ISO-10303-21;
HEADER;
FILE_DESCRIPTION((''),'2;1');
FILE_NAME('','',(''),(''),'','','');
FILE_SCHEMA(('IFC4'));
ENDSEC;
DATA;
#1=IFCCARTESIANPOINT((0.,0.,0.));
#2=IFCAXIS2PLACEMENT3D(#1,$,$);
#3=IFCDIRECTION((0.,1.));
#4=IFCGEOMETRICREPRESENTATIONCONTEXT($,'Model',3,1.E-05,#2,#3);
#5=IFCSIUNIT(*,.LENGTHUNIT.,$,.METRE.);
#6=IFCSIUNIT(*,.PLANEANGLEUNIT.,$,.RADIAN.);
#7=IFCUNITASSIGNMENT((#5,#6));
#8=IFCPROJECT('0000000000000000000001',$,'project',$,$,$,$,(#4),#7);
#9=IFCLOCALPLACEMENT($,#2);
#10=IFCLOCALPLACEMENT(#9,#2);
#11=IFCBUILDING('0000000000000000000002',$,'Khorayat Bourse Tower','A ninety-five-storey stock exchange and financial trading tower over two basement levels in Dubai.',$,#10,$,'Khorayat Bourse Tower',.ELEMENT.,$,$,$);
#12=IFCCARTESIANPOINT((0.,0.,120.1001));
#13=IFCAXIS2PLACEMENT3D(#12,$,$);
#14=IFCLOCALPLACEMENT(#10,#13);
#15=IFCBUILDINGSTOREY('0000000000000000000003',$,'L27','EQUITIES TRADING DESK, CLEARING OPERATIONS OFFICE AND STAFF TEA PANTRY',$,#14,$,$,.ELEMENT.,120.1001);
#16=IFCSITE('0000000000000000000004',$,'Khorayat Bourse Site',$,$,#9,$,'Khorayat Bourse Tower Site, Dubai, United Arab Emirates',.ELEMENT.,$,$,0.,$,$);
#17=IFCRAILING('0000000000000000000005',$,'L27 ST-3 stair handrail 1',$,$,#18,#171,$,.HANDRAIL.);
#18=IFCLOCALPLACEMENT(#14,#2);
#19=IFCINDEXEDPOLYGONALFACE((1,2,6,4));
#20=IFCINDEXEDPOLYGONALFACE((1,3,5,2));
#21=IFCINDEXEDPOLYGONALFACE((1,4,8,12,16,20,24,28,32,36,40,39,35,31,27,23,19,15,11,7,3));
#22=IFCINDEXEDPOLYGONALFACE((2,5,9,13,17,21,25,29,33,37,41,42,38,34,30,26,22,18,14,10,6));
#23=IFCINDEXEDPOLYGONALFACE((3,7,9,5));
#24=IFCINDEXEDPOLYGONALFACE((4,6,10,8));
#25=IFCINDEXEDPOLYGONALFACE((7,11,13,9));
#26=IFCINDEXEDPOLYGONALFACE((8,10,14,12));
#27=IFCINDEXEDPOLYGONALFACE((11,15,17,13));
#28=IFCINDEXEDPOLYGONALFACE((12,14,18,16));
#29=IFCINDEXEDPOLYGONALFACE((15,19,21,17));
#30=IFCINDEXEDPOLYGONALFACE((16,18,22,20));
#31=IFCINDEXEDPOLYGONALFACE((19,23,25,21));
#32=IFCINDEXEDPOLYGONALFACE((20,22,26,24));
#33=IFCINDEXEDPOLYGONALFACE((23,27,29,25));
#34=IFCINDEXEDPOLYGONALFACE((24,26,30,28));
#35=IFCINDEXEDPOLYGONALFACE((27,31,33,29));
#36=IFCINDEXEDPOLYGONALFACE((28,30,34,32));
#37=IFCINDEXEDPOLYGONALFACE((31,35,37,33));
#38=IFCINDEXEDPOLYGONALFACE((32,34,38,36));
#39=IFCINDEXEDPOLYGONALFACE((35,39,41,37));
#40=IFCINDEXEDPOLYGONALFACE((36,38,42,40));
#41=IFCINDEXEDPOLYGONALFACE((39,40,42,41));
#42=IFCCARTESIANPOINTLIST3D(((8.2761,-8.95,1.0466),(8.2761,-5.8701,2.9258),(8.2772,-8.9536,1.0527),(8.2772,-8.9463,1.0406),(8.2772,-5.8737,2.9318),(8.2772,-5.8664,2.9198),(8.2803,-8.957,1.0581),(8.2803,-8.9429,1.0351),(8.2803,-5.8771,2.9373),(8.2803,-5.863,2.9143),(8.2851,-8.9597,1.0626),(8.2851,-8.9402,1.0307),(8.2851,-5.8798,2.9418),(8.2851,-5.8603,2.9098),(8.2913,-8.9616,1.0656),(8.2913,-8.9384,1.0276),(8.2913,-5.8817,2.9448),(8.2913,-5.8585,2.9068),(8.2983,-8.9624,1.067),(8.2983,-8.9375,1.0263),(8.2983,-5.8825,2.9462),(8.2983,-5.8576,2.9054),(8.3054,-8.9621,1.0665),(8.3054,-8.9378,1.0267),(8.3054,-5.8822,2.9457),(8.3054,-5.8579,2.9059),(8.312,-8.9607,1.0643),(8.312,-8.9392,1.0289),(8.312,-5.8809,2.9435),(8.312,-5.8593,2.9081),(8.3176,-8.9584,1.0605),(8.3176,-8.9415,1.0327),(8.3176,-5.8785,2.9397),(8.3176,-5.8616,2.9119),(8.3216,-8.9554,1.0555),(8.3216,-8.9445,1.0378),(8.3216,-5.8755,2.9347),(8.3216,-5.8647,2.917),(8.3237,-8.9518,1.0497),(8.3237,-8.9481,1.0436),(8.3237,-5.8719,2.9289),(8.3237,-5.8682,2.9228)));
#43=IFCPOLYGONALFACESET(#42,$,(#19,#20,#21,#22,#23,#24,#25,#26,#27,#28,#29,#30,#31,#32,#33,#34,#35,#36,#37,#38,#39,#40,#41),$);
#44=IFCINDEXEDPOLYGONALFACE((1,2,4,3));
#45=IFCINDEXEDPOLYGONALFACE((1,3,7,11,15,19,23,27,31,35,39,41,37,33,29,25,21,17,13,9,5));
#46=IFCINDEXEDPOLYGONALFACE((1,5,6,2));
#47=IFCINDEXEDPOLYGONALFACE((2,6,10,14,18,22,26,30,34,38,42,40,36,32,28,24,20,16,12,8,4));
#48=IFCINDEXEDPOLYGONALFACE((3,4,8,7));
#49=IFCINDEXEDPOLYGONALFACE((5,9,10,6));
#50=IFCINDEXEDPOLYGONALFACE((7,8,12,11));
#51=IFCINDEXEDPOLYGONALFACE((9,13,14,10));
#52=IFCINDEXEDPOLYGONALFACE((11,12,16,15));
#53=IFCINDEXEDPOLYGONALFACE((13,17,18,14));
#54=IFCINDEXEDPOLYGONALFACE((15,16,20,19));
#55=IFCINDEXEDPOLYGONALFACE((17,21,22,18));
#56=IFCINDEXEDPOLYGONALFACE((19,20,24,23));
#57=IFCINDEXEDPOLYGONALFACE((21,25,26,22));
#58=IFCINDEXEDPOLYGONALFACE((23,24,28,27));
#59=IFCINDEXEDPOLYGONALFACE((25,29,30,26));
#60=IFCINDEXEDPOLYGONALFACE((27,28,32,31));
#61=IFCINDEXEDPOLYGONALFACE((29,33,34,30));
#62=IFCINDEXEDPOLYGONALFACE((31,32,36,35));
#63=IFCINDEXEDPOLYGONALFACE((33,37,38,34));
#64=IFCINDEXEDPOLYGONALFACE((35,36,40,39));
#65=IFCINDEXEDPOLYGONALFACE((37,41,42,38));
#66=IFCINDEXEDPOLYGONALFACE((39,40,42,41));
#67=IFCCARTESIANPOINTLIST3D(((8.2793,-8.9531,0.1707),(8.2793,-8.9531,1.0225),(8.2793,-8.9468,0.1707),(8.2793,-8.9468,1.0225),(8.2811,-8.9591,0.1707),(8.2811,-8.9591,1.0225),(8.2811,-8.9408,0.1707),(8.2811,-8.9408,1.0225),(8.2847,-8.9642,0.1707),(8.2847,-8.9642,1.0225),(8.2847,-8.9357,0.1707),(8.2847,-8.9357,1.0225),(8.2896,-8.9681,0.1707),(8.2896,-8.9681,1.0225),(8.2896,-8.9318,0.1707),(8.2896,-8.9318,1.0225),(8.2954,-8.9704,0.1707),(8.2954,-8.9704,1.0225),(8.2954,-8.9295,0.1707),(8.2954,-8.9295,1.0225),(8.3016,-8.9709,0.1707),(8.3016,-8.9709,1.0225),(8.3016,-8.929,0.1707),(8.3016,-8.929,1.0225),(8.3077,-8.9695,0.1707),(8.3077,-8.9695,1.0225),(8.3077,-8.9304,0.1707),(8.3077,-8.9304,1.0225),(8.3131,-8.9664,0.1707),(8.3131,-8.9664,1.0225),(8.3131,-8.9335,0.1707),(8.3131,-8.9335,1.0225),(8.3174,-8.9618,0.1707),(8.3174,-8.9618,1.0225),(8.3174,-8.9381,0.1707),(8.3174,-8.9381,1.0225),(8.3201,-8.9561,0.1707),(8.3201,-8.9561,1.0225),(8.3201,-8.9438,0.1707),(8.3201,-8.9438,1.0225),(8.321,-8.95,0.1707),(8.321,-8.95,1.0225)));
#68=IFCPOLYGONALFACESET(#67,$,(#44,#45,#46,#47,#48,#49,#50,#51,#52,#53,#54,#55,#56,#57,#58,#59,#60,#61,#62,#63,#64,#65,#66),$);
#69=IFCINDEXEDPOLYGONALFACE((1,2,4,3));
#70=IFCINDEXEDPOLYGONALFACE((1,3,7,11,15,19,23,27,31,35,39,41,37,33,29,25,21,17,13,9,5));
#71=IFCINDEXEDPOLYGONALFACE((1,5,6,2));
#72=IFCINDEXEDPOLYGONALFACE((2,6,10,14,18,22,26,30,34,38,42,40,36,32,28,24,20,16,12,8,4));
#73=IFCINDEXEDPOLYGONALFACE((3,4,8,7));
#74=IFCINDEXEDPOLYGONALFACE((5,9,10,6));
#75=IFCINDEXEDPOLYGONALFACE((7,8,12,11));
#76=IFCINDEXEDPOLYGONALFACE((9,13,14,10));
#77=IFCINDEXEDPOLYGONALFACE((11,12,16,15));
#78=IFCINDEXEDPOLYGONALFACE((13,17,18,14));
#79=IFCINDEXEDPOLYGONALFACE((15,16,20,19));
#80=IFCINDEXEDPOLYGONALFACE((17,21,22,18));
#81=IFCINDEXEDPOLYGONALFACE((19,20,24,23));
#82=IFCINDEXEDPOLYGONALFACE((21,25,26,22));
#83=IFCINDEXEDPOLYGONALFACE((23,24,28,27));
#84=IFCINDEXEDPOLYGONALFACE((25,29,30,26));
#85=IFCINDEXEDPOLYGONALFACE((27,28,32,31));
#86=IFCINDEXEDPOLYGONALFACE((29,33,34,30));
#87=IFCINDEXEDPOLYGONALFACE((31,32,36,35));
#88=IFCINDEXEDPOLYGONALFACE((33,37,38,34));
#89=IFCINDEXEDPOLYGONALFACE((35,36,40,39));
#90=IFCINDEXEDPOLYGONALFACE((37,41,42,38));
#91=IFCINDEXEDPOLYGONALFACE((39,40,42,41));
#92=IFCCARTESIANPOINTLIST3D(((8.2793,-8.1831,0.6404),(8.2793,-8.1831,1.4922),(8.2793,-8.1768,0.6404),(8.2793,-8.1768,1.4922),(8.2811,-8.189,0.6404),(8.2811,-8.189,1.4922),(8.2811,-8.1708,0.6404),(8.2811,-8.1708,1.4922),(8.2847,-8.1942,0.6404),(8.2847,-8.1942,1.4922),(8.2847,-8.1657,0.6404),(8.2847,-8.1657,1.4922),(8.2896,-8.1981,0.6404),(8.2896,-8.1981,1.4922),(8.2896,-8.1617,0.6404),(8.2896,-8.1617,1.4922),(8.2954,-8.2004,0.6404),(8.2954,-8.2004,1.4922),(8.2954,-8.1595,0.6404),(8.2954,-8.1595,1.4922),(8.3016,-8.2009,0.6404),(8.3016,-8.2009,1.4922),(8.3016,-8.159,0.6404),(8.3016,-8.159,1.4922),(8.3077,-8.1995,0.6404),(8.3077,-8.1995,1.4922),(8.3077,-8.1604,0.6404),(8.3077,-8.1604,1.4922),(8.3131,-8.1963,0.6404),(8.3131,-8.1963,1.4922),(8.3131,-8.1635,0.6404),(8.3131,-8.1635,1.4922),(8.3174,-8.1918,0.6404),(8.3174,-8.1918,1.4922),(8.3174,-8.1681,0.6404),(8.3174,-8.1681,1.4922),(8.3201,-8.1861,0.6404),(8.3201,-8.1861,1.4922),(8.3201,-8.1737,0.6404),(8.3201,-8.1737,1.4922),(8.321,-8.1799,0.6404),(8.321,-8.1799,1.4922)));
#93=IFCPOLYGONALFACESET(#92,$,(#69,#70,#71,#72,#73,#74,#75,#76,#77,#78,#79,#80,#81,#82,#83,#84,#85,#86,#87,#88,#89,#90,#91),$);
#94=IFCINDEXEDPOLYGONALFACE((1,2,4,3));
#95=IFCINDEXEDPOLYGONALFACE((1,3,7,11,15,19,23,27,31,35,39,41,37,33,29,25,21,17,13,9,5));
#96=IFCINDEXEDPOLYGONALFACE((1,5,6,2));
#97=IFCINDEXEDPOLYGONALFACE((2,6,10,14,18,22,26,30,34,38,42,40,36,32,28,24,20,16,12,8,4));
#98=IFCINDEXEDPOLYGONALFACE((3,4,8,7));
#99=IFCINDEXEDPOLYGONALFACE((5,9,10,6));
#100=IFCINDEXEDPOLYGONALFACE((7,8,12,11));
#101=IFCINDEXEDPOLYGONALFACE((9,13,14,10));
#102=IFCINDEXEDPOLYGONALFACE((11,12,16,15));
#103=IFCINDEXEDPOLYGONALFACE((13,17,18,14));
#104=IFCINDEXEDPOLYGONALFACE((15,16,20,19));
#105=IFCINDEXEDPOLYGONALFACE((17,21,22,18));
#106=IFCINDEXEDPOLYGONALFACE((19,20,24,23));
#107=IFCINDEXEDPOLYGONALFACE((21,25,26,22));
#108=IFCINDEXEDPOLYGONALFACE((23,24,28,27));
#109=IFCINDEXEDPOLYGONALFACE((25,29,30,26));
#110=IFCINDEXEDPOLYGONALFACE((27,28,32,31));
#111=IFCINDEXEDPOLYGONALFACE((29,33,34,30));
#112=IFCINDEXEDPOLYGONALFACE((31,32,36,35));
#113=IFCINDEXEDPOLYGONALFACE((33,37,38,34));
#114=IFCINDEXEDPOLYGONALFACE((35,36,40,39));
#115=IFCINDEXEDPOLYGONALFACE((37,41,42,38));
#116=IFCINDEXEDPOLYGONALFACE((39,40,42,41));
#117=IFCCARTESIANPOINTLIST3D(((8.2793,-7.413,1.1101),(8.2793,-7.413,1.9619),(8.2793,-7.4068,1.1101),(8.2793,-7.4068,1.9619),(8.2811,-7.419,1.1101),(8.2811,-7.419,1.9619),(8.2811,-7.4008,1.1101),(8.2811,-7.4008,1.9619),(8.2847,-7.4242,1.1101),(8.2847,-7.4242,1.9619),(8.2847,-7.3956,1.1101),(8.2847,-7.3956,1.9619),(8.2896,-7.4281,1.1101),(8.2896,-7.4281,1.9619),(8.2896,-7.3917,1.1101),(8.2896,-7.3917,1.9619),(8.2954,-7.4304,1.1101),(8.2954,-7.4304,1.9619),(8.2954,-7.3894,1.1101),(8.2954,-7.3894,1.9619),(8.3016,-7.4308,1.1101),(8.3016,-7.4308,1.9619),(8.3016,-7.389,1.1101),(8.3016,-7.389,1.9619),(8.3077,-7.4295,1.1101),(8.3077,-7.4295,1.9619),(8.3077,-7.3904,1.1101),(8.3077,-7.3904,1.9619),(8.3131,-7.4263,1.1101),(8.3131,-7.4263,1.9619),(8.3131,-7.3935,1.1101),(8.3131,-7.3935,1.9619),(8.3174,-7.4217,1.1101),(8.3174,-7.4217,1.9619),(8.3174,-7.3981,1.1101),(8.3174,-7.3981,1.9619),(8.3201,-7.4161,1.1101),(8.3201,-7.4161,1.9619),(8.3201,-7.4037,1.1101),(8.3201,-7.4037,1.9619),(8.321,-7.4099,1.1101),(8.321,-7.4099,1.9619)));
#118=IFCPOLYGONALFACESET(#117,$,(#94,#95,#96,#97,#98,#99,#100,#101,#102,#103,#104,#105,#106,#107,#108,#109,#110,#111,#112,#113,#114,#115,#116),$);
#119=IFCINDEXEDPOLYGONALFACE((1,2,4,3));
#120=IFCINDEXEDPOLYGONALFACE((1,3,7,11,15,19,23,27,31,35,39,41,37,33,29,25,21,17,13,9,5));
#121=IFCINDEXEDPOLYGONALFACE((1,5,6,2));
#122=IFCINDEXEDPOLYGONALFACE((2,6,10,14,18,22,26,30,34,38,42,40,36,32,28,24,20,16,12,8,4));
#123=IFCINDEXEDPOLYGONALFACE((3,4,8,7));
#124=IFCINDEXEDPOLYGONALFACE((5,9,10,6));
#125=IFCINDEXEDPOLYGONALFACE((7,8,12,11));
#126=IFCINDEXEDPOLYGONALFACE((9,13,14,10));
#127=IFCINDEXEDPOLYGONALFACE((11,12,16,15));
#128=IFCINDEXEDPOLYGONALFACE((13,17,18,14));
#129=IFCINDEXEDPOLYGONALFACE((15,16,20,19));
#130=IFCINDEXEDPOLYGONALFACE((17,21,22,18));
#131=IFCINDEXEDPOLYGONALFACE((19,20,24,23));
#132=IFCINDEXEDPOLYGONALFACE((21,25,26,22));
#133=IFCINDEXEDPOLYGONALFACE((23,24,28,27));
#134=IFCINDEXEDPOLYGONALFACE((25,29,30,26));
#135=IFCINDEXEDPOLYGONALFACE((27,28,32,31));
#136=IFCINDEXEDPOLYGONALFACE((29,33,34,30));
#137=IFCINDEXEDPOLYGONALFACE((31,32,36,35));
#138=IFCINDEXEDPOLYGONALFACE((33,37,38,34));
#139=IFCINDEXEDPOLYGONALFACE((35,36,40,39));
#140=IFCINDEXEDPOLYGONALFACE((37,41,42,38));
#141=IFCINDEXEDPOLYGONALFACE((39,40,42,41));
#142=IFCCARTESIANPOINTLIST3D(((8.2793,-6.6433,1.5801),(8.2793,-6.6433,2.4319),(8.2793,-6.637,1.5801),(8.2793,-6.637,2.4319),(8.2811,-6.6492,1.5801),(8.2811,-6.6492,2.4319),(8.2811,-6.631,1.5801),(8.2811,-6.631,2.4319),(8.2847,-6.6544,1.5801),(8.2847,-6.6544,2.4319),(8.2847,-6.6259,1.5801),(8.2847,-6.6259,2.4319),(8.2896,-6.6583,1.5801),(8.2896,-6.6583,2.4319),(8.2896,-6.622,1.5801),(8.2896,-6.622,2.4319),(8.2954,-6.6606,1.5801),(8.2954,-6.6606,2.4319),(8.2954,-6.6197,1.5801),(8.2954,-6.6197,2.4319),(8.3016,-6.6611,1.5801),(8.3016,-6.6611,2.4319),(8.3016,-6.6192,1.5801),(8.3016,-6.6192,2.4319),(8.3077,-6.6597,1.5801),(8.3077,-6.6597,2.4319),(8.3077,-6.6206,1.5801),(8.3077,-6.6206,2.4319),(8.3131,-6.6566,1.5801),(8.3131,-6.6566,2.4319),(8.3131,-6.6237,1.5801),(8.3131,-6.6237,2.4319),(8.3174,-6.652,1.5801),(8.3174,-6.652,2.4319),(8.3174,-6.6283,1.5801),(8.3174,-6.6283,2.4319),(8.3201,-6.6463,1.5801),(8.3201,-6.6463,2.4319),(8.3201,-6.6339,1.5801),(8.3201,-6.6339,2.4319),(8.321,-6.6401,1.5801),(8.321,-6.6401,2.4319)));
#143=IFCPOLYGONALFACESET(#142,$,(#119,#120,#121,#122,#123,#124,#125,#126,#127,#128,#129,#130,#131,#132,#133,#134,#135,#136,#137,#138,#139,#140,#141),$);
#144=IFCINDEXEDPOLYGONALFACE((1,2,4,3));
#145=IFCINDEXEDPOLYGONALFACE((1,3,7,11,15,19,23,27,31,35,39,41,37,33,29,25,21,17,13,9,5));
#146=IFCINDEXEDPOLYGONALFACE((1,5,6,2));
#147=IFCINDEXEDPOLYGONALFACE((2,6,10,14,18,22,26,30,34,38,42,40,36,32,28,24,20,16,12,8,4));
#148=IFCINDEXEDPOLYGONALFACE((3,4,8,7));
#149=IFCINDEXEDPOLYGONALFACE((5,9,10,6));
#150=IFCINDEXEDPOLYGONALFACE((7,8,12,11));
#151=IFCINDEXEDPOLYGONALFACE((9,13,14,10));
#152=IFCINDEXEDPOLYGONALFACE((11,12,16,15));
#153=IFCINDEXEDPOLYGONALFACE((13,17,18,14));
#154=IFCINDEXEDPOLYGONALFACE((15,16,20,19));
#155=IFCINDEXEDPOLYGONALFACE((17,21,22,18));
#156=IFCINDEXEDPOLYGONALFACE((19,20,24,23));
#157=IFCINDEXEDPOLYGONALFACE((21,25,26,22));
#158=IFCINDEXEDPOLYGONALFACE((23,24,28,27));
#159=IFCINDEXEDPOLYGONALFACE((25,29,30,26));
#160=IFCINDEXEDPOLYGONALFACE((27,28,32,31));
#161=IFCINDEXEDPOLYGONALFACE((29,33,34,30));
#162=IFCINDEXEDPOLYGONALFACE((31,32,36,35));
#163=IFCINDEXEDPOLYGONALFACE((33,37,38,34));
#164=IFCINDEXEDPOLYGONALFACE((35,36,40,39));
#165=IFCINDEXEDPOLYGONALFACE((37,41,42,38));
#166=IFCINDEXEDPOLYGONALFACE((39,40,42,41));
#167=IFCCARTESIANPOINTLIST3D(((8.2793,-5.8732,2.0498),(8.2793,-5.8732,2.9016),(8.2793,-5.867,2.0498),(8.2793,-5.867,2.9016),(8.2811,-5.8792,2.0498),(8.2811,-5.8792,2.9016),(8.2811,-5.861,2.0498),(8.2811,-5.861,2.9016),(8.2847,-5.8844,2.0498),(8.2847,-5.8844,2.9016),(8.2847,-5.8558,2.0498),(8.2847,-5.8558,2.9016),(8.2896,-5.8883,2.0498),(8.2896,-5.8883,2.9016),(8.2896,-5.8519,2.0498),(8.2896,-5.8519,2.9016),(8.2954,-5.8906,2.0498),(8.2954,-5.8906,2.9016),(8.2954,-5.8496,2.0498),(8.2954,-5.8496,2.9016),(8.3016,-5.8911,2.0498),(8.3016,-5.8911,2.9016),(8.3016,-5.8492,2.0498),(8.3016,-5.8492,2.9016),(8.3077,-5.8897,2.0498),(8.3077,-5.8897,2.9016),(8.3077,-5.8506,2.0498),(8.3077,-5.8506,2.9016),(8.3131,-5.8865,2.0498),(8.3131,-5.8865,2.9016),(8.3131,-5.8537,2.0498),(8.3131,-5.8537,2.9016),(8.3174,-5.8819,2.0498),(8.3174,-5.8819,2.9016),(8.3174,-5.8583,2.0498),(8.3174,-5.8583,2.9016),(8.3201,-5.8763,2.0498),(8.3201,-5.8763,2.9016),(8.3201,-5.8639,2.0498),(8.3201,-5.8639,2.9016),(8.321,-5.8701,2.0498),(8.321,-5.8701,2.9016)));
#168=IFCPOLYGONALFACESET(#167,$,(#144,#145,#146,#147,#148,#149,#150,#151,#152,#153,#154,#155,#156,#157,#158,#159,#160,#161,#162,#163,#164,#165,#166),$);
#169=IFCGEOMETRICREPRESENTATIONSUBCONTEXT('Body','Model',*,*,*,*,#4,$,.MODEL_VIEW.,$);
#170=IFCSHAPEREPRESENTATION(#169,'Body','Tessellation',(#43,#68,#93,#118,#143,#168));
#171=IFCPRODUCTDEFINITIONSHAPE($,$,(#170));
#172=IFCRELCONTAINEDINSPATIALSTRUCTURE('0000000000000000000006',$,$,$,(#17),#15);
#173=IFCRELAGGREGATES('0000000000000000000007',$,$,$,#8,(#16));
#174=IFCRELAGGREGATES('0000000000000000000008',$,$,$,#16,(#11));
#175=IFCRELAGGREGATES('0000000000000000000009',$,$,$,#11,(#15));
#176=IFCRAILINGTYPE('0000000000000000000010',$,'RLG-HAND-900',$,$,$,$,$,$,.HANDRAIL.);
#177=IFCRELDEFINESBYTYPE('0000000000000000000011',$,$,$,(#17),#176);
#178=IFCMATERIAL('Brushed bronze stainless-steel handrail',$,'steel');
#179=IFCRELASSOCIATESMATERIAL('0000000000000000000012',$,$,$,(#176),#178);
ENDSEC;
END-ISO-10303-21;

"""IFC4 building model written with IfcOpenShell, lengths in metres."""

from ifc_helpers import new_model, si_unit, direction, frame, origin, origin_2d, place, context, subcontext, project, spatial, circle, extrude, source, transform, mapped, material, type_object, element, save


model = new_model("IFC4")

# Units and contexts
model_context = context("Model", 3, precision=1e-05, world=origin(), true_north=direction((0.0, 1.0)))
body_context = subcontext(model_context, "Body", "Model", "MODEL_VIEW")
ifc_project = project(units=[si_unit("LENGTHUNIT", "METRE"), si_unit("PLANEANGLEUNIT", "RADIAN")], contexts=[model_context])

# Site, building, storey
site_placement = place(None, origin())
site = spatial("IfcSite", under=ifc_project, at=site_placement, Name="Khorayat Bourse Site", LongName="Khorayat Bourse Tower Site, Dubai, United Arab Emirates", CompositionType="ELEMENT", RefElevation=0.0)
building_placement = place(site_placement, origin())
building = spatial("IfcBuilding", under=site, at=building_placement, Name="Khorayat Bourse Tower", Description="A ninety-five-storey stock exchange and financial trading tower over two basement levels in Dubai.", LongName="Khorayat Bourse Tower", CompositionType="ELEMENT")
storey_placement = place(building_placement, frame((0.0, 0.0, 120.1001)))
storey = spatial("IfcBuildingStorey", under=building, at=storey_placement, Name="L27", Description="EQUITIES TRADING DESK, CLEARING OPERATIONS OFFICE AND STAFF TEA PANTRY", CompositionType="ELEMENT", Elevation=120.1001)

# Railing
ifc_material_1 = material(Name="Brushed bronze stainless-steel handrail", Category="steel")
railing_type_1 = type_object("IfcRailingType", Name="RLG-HAND-900", PredefinedType="HANDRAIL", material=ifc_material_1)
shared_shape_1 = source(origin(), body_context, "Body", "SweptSolid", [
    extrude(circle(Radius=0.0239, at=origin_2d()), frame((0.0, 0.0, 0.876), z_axis=(0.0, 0.853648, 0.52085), x_axis=(-1.0, 0.0, 0.0)), (0.0, 0.0, 1.0), 3.6079),
    extrude(circle(Radius=0.021, at=origin_2d()), origin(), (0.0, 0.0, 1.0), 0.8518),
    extrude(circle(Radius=0.021, at=origin_2d()), frame((0.0, 0.77, 0.4697)), (0.0, 0.0, 1.0), 0.8518),
    extrude(circle(Radius=0.021, at=origin_2d()), frame((0.0, 1.54, 0.9395)), (0.0, 0.0, 1.0), 0.8518),
    extrude(circle(Radius=0.021, at=origin_2d()), frame((0.0, 2.3098, 1.4094)), (0.0, 0.0, 1.0), 0.8518),
    extrude(circle(Radius=0.021, at=origin_2d()), frame((0.0, 3.0798, 1.8792)), (0.0, 0.0, 1.0), 0.8518),
])
railing_1_placement = place(storey_placement, frame((8.3, -8.95, 0.1707)))
element("IfcRailing", 1, at=railing_1_placement, inside=storey, type_object=railing_type_1, Name="L27 ST-3 stair handrail 1", PredefinedType="HANDRAIL", context=body_context, shape_type="MappedRepresentation", body=[
    mapped(shared_shape_1, transform((0.0, 0.0, 0.0), scale=1.0)),
])

save(model, "model.ifc")
